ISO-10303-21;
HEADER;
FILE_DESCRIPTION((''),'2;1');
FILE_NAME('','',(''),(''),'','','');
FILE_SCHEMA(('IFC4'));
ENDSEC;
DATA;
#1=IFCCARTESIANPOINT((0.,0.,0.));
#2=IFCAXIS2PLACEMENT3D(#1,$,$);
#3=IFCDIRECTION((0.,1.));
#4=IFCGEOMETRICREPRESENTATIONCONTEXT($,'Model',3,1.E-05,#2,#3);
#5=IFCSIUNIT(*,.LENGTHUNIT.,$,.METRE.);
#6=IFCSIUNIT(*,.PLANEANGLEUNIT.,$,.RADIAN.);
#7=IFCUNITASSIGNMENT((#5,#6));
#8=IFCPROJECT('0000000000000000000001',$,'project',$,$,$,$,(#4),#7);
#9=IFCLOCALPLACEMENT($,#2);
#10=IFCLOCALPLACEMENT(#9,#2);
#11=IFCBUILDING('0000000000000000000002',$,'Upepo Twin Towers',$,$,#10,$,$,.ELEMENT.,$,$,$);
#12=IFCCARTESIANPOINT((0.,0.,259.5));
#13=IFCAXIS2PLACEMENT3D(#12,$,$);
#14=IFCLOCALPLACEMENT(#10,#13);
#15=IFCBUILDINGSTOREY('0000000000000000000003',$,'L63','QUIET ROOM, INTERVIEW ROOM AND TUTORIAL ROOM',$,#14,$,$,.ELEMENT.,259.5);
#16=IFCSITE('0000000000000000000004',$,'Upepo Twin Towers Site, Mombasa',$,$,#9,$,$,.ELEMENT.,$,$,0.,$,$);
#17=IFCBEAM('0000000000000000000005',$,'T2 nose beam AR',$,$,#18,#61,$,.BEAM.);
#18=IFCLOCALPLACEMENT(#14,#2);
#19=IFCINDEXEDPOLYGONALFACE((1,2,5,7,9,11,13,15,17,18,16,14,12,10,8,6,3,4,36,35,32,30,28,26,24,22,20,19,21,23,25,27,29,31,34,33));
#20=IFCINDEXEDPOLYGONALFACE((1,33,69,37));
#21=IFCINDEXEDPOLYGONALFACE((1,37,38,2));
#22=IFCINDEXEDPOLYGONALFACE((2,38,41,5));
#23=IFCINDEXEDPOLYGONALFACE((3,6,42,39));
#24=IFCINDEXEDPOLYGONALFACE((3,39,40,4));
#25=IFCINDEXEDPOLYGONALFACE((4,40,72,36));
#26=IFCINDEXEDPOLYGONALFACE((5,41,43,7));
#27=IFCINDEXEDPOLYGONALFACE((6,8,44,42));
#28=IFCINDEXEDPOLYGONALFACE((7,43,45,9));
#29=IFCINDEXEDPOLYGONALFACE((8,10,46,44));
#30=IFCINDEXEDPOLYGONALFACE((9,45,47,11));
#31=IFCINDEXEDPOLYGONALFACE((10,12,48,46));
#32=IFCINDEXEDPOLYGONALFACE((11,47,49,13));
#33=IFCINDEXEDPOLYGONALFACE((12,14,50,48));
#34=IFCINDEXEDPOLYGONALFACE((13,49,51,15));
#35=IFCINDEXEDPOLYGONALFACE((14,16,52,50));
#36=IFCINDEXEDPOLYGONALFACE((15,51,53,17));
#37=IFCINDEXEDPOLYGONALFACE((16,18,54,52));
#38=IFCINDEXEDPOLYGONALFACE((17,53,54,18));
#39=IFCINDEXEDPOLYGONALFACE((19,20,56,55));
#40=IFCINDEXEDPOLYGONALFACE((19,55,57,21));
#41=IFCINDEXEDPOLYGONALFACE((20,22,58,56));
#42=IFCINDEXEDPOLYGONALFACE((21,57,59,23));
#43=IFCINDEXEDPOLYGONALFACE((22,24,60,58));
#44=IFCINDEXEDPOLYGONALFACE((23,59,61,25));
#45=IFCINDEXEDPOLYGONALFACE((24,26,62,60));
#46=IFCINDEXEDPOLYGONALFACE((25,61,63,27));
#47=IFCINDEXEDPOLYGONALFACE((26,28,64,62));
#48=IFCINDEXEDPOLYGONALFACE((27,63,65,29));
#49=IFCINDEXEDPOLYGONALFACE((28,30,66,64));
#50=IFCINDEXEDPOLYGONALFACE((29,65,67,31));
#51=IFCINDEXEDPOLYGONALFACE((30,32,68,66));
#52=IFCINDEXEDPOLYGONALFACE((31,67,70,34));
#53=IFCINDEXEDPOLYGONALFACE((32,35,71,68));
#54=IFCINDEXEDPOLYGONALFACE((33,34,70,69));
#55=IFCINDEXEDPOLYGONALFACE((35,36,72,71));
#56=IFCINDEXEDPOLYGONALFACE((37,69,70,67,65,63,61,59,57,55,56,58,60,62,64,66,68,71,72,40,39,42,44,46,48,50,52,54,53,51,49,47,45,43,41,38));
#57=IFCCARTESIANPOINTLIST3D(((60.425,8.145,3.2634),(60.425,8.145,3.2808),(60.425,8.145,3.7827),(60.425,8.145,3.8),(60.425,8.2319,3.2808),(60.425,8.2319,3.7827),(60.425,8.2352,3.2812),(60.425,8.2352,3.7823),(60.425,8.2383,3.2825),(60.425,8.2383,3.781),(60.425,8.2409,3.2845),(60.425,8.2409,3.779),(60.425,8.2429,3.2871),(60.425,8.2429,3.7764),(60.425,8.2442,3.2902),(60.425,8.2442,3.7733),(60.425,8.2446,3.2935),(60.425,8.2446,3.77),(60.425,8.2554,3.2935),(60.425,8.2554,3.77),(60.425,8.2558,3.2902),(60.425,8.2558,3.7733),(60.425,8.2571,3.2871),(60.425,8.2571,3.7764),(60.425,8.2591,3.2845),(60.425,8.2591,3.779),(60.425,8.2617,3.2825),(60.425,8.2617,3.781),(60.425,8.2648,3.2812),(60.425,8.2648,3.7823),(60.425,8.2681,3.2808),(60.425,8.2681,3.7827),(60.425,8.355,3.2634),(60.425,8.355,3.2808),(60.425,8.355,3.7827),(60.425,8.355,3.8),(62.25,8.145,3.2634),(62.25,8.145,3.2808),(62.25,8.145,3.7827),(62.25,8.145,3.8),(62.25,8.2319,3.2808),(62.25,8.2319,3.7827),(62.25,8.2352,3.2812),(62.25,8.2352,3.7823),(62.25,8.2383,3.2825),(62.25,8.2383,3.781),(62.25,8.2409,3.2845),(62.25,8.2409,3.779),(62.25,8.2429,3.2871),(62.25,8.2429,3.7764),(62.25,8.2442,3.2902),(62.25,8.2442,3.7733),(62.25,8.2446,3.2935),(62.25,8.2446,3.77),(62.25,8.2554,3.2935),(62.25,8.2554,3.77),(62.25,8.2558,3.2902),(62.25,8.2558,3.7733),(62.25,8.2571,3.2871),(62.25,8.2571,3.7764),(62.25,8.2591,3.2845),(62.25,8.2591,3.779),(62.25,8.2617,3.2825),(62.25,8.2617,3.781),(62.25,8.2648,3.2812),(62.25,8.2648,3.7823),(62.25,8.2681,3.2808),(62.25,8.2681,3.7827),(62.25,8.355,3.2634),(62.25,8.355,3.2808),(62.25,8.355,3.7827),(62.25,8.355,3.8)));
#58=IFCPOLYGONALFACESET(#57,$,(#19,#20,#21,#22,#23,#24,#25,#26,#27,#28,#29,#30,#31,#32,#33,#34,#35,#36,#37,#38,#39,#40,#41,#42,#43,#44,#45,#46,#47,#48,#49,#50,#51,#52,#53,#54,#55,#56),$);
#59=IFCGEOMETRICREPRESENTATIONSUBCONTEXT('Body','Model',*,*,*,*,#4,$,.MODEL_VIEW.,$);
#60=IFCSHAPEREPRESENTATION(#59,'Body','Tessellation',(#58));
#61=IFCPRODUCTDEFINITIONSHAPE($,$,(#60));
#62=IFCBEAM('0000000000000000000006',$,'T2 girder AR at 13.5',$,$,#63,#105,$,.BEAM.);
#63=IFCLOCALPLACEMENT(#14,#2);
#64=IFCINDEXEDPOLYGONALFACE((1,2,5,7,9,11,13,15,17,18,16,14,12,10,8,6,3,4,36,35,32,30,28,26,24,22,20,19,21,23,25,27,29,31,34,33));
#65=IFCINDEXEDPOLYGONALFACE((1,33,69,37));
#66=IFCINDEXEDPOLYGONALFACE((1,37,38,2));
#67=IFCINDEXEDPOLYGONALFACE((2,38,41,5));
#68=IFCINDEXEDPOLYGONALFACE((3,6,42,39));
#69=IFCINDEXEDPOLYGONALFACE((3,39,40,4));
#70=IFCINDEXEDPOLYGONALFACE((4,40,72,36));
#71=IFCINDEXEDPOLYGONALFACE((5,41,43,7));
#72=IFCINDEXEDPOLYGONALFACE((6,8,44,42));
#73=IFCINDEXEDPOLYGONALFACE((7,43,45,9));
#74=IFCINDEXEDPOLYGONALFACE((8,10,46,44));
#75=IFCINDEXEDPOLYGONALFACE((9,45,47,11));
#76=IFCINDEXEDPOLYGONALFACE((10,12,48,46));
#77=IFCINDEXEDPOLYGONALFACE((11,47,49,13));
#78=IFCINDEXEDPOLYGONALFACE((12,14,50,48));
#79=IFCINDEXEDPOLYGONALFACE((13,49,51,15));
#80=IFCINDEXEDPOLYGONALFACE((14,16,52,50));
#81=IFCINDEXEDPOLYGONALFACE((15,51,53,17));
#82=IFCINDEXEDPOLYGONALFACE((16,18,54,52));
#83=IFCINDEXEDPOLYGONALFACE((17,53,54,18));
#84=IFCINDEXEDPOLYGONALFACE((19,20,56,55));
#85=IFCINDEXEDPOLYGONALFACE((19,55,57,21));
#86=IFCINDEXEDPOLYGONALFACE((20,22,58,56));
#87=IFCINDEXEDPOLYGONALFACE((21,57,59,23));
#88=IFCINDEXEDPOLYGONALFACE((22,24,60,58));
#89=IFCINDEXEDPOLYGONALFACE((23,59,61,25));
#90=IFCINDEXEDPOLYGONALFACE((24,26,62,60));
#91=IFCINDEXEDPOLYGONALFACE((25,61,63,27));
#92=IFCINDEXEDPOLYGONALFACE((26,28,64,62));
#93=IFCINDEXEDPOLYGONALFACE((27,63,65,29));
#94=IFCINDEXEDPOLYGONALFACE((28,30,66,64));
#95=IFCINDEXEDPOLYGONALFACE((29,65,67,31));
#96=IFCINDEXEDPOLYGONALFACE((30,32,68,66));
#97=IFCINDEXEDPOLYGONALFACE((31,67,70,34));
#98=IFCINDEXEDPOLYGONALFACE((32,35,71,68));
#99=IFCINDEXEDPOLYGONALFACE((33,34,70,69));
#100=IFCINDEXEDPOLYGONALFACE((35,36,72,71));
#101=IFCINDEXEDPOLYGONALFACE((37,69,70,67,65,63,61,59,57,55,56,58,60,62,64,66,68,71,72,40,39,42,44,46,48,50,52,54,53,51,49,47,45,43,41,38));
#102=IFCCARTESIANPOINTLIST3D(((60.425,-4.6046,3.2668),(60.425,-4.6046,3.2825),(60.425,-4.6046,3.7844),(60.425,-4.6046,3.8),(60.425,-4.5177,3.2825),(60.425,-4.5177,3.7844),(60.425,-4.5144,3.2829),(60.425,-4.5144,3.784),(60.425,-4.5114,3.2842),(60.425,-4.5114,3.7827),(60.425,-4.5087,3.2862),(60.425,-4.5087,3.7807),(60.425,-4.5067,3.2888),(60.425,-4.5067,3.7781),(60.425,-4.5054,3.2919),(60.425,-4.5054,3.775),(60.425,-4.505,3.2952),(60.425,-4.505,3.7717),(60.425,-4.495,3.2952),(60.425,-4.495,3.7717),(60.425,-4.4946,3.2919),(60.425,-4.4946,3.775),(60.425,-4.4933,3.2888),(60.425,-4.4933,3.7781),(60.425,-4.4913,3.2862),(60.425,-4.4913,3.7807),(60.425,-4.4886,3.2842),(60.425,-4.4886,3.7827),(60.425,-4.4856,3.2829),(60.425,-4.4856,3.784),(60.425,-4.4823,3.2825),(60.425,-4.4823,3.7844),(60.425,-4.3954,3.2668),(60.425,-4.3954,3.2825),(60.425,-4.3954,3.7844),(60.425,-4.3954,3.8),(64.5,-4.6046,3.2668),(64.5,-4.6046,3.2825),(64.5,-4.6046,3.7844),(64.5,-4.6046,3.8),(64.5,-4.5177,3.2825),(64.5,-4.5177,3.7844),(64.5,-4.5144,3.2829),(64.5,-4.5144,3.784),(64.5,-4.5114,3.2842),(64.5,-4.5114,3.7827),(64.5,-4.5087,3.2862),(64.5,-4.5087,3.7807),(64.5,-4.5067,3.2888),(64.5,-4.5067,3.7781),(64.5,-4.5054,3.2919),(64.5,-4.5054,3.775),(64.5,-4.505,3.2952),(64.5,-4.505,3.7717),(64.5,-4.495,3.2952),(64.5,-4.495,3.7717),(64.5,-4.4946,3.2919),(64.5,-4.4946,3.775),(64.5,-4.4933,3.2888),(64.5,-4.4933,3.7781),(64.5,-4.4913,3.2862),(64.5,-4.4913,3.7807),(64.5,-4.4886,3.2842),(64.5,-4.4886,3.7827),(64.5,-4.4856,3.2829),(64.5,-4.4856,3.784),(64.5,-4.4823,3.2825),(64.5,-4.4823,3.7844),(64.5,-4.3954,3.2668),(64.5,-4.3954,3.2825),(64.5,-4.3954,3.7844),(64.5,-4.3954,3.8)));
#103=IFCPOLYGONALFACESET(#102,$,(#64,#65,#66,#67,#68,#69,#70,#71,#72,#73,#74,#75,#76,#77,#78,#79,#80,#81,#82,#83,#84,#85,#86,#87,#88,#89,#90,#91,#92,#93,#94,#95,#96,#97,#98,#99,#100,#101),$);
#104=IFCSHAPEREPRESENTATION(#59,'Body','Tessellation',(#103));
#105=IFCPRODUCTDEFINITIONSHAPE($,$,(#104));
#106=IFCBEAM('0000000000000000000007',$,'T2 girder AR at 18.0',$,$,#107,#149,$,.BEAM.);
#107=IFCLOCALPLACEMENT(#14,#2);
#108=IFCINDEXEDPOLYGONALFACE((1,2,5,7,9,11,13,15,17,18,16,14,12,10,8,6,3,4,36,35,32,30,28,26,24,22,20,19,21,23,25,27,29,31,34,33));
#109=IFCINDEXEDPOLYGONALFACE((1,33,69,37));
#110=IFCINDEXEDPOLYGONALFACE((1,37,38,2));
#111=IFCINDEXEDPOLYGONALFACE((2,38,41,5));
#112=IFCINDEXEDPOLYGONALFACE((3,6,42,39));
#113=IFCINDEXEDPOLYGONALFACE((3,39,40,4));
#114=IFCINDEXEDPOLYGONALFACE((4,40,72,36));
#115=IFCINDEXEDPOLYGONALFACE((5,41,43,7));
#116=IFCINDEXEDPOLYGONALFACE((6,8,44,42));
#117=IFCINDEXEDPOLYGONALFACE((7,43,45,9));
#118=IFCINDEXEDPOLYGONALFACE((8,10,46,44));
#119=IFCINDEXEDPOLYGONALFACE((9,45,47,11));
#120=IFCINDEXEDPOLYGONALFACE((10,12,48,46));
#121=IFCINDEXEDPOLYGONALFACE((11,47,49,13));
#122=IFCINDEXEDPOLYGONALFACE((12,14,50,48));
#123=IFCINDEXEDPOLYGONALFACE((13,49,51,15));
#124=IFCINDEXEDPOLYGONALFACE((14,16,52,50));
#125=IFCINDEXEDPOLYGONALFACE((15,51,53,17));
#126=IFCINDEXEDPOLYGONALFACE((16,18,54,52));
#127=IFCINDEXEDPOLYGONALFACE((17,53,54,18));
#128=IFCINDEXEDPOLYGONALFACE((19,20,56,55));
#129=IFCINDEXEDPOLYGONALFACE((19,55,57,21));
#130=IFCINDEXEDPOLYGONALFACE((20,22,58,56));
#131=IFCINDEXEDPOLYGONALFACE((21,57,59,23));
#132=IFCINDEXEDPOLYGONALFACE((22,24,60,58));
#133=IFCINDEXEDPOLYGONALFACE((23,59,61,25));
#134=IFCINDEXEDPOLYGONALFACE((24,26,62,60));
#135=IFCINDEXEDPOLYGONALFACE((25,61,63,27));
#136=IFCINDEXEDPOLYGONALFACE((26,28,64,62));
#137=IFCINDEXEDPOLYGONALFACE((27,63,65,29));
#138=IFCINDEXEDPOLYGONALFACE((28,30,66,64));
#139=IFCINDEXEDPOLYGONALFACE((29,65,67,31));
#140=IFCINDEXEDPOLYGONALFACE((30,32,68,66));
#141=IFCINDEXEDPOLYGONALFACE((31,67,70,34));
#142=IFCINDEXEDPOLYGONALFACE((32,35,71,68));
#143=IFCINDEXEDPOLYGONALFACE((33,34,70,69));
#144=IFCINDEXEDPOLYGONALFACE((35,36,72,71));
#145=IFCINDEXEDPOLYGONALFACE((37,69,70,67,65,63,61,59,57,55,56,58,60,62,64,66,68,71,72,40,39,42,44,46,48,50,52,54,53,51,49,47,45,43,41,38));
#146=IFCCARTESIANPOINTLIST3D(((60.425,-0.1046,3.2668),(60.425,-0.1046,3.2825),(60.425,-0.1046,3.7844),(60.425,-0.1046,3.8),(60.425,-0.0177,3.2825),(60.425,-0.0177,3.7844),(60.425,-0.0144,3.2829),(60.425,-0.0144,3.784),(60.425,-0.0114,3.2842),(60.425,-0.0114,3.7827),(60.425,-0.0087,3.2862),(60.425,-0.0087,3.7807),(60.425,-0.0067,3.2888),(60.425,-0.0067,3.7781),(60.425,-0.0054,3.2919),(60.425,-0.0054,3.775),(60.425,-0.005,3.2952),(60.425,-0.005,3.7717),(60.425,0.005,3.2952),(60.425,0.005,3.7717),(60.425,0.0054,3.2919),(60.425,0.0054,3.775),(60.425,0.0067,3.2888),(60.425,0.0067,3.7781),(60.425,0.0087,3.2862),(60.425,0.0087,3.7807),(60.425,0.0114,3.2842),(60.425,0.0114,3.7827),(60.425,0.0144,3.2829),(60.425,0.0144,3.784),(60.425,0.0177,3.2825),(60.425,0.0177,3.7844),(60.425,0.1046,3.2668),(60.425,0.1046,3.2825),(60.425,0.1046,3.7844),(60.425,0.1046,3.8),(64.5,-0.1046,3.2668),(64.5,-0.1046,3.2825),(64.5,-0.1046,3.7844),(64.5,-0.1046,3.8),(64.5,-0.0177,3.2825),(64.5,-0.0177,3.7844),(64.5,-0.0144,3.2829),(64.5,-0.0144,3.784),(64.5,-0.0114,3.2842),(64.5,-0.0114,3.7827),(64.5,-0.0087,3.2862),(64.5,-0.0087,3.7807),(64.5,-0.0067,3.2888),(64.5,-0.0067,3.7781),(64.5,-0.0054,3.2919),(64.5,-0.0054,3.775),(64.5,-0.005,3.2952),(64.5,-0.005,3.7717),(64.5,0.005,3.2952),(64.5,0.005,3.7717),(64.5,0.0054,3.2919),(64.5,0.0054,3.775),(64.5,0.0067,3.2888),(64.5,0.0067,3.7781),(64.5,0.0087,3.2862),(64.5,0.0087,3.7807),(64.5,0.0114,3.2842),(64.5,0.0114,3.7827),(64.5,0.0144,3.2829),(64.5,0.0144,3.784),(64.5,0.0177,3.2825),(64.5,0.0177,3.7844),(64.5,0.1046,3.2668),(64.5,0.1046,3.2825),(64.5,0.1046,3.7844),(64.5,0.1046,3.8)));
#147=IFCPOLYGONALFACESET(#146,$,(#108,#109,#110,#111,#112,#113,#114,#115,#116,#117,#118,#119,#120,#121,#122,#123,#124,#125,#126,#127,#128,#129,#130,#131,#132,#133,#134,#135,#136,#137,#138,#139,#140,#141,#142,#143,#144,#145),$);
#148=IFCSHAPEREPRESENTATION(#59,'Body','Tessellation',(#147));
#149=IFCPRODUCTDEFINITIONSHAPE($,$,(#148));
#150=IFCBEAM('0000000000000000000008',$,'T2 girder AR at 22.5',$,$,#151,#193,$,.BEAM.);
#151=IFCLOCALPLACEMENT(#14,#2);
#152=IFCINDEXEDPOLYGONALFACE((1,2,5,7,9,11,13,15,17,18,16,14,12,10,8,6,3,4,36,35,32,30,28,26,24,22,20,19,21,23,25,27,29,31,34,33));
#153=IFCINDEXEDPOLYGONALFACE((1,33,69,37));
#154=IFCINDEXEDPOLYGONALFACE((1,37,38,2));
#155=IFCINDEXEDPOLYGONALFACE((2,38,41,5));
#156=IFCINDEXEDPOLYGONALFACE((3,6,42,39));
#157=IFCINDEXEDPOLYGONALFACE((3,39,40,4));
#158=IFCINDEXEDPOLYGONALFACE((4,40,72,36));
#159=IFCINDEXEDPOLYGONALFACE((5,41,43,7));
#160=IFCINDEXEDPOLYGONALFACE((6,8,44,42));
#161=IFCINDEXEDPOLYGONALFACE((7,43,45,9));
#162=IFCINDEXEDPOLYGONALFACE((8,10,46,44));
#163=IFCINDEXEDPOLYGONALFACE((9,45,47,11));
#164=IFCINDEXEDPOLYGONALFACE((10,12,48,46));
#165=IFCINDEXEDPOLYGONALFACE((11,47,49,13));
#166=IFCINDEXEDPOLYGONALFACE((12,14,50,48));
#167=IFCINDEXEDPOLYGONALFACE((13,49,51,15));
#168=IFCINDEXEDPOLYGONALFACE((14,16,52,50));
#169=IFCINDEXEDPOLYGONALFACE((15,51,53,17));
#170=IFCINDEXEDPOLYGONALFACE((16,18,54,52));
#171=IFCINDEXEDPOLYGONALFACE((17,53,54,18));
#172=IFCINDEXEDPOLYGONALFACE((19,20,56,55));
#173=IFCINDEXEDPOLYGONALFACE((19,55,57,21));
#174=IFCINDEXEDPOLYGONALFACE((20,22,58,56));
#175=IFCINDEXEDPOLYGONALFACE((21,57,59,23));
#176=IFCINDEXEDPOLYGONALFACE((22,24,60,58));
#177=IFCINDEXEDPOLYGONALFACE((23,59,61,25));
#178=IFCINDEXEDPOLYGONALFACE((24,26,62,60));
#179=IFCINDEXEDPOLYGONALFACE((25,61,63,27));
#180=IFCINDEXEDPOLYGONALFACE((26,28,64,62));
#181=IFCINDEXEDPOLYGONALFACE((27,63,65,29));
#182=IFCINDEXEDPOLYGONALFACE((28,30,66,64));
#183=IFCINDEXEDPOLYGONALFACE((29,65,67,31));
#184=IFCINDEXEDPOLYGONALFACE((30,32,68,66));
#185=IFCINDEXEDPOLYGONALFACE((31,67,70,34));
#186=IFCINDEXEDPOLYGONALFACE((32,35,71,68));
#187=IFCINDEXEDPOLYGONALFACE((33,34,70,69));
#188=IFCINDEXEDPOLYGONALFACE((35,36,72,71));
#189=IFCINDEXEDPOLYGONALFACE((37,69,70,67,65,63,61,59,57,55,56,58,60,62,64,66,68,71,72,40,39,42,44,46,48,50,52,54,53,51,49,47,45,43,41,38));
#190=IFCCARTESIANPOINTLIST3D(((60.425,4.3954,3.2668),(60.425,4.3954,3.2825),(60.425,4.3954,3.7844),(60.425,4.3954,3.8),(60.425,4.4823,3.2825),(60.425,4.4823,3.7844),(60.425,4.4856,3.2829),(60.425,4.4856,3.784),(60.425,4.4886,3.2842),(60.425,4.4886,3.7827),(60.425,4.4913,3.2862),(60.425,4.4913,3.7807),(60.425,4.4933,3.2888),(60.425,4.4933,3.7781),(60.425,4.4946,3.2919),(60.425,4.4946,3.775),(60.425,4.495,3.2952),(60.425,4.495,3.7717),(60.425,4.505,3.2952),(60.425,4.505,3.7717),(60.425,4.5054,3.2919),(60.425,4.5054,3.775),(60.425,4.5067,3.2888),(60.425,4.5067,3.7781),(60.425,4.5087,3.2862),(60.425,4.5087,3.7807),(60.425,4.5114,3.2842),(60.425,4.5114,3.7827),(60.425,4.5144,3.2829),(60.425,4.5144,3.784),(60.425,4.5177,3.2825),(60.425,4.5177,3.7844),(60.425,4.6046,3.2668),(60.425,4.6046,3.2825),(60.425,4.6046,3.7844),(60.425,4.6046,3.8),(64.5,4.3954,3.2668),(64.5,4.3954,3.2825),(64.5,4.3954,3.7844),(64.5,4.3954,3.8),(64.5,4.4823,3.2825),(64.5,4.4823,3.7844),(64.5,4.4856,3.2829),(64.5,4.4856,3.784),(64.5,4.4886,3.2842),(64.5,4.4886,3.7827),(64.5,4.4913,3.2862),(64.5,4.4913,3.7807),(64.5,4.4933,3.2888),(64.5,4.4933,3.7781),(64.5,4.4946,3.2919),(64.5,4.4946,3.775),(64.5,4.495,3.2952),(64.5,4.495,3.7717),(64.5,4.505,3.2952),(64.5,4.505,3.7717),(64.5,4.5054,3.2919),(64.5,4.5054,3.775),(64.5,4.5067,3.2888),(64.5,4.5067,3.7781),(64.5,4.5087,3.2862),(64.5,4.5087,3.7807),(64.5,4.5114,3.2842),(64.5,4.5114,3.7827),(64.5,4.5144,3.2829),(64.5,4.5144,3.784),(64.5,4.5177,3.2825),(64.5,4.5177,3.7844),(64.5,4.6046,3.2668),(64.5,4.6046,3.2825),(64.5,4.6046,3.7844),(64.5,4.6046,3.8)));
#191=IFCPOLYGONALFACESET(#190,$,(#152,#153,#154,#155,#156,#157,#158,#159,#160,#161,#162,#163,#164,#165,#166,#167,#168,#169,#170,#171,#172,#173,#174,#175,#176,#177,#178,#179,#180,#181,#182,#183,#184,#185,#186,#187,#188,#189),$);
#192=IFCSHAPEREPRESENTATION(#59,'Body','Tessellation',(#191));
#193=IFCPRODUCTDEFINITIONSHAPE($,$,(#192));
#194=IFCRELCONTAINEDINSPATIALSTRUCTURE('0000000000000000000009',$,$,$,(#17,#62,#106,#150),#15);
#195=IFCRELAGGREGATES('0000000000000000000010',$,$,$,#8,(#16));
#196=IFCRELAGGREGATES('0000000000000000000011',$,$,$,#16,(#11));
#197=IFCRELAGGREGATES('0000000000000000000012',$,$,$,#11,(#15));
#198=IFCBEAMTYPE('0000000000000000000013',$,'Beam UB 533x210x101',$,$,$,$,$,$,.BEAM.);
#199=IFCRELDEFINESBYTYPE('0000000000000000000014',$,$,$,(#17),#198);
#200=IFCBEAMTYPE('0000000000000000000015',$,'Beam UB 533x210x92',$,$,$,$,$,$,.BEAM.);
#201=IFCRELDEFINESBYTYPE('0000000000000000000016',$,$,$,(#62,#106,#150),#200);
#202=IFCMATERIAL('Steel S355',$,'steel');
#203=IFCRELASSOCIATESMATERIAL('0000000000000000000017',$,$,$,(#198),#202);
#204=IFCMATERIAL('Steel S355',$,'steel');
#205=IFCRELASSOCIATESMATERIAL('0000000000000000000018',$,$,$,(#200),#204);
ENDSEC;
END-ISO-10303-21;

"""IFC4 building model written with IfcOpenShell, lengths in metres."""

from ifc_helpers import new_model, si_unit, direction, frame, origin, origin_2d, place, context, subcontext, project, spatial, i_section, extrude, material, material_profile, profile_set, type_object, element, save


model = new_model("IFC4")

# Units and contexts
model_context = context("Model", 3, precision=1e-05, world=origin(), true_north=direction((0.0, 1.0)))
body_context = subcontext(model_context, "Body", "Model", "MODEL_VIEW")
ifc_project = project(units=[si_unit("LENGTHUNIT", "METRE"), si_unit("PLANEANGLEUNIT", "RADIAN")], contexts=[model_context])

# Site, building, storey
site_placement = place(None, origin())
site = spatial("IfcSite", under=ifc_project, at=site_placement, Name="Upepo Twin Towers Site, Mombasa", CompositionType="ELEMENT", RefElevation=0.0)
building_placement = place(site_placement, origin())
building = spatial("IfcBuilding", under=site, at=building_placement, Name="Upepo Twin Towers", CompositionType="ELEMENT")
storey_placement = place(building_placement, frame((0.0, 0.0, 259.5)))
storey = spatial("IfcBuildingStorey", under=building, at=storey_placement, Name="L63", Description="QUIET ROOM, INTERVIEW ROOM AND TUTORIAL ROOM", CompositionType="ELEMENT", Elevation=259.5)

# Beams
ifc_material_1 = material(Name="Steel S355", Category="steel")
ifc_material_profile_1 = material_profile(ifc_material_1, i_section(OverallWidth=0.21, OverallDepth=0.5366, WebThickness=0.0107, FlangeThickness=0.0173, FilletRadius=0.0127, at=origin_2d()), Name="UB 533x210x101")
ifc_profile_set_1 = profile_set([ifc_material_profile_1], Name="Steel S355")
beam_type_1 = type_object("IfcBeamType", Name="Beam UB 533x210x101", PredefinedType="BEAM", material=ifc_profile_set_1)
beam_1_placement = place(storey_placement, frame((62.25, 8.25, 3.5317), z_axis=(-1.0, 0.0, 0.0), x_axis=(0.0, -1.0, 0.0)))
element("IfcBeam", 1, at=beam_1_placement, inside=storey, type_object=beam_type_1, Name="T2 nose beam AR", PredefinedType="BEAM", context=body_context, shape_type="SweptSolid", body=[
    extrude(i_section(OverallWidth=0.21, OverallDepth=0.5366, WebThickness=0.0107, FlangeThickness=0.0173, FilletRadius=0.0127, at=origin_2d()), origin(), (0.0, 0.0, 1.0), 1.825),
])
ifc_material_2 = material(Name="Steel S355", Category="steel")
ifc_material_profile_2 = material_profile(ifc_material_2, i_section(OverallWidth=0.2092, OverallDepth=0.5332, WebThickness=0.01, FlangeThickness=0.0156, FilletRadius=0.0127, at=origin_2d()), Name="UB 533x210x92")
ifc_profile_set_2 = profile_set([ifc_material_profile_2], Name="Steel S355")
beam_type_2 = type_object("IfcBeamType", Name="Beam UB 533x210x92", PredefinedType="BEAM", material=ifc_profile_set_2)
for number, where, z_axis, x_axis, name in (
    (2, (64.5, -4.5, 3.5334), (-1.0, 0.0, 0.0), (0.0, -1.0, 0.0), "T2 girder AR at 13.5"),
    (3, (64.5, 0.0, 3.5334), (-1.0, 0.0, 0.0), (0.0, -1.0, 0.0), "T2 girder AR at 18.0"),
    (4, (64.5, 4.5, 3.5334), (-1.0, 0.0, 0.0), (0.0, -1.0, 0.0), "T2 girder AR at 22.5"),
):
    element("IfcBeam", number, at=place(storey_placement, frame(where, z_axis=z_axis, x_axis=x_axis)), inside=storey, type_object=beam_type_2, Name=name, PredefinedType="BEAM", context=body_context, shape_type="SweptSolid", body=[
        extrude(i_section(OverallWidth=0.2092, OverallDepth=0.5332, WebThickness=0.01, FlangeThickness=0.0156, FilletRadius=0.0127, at=origin_2d()), origin(), (0.0, 0.0, 1.0), 4.075),
    ])

save(model, "model.ifc")
